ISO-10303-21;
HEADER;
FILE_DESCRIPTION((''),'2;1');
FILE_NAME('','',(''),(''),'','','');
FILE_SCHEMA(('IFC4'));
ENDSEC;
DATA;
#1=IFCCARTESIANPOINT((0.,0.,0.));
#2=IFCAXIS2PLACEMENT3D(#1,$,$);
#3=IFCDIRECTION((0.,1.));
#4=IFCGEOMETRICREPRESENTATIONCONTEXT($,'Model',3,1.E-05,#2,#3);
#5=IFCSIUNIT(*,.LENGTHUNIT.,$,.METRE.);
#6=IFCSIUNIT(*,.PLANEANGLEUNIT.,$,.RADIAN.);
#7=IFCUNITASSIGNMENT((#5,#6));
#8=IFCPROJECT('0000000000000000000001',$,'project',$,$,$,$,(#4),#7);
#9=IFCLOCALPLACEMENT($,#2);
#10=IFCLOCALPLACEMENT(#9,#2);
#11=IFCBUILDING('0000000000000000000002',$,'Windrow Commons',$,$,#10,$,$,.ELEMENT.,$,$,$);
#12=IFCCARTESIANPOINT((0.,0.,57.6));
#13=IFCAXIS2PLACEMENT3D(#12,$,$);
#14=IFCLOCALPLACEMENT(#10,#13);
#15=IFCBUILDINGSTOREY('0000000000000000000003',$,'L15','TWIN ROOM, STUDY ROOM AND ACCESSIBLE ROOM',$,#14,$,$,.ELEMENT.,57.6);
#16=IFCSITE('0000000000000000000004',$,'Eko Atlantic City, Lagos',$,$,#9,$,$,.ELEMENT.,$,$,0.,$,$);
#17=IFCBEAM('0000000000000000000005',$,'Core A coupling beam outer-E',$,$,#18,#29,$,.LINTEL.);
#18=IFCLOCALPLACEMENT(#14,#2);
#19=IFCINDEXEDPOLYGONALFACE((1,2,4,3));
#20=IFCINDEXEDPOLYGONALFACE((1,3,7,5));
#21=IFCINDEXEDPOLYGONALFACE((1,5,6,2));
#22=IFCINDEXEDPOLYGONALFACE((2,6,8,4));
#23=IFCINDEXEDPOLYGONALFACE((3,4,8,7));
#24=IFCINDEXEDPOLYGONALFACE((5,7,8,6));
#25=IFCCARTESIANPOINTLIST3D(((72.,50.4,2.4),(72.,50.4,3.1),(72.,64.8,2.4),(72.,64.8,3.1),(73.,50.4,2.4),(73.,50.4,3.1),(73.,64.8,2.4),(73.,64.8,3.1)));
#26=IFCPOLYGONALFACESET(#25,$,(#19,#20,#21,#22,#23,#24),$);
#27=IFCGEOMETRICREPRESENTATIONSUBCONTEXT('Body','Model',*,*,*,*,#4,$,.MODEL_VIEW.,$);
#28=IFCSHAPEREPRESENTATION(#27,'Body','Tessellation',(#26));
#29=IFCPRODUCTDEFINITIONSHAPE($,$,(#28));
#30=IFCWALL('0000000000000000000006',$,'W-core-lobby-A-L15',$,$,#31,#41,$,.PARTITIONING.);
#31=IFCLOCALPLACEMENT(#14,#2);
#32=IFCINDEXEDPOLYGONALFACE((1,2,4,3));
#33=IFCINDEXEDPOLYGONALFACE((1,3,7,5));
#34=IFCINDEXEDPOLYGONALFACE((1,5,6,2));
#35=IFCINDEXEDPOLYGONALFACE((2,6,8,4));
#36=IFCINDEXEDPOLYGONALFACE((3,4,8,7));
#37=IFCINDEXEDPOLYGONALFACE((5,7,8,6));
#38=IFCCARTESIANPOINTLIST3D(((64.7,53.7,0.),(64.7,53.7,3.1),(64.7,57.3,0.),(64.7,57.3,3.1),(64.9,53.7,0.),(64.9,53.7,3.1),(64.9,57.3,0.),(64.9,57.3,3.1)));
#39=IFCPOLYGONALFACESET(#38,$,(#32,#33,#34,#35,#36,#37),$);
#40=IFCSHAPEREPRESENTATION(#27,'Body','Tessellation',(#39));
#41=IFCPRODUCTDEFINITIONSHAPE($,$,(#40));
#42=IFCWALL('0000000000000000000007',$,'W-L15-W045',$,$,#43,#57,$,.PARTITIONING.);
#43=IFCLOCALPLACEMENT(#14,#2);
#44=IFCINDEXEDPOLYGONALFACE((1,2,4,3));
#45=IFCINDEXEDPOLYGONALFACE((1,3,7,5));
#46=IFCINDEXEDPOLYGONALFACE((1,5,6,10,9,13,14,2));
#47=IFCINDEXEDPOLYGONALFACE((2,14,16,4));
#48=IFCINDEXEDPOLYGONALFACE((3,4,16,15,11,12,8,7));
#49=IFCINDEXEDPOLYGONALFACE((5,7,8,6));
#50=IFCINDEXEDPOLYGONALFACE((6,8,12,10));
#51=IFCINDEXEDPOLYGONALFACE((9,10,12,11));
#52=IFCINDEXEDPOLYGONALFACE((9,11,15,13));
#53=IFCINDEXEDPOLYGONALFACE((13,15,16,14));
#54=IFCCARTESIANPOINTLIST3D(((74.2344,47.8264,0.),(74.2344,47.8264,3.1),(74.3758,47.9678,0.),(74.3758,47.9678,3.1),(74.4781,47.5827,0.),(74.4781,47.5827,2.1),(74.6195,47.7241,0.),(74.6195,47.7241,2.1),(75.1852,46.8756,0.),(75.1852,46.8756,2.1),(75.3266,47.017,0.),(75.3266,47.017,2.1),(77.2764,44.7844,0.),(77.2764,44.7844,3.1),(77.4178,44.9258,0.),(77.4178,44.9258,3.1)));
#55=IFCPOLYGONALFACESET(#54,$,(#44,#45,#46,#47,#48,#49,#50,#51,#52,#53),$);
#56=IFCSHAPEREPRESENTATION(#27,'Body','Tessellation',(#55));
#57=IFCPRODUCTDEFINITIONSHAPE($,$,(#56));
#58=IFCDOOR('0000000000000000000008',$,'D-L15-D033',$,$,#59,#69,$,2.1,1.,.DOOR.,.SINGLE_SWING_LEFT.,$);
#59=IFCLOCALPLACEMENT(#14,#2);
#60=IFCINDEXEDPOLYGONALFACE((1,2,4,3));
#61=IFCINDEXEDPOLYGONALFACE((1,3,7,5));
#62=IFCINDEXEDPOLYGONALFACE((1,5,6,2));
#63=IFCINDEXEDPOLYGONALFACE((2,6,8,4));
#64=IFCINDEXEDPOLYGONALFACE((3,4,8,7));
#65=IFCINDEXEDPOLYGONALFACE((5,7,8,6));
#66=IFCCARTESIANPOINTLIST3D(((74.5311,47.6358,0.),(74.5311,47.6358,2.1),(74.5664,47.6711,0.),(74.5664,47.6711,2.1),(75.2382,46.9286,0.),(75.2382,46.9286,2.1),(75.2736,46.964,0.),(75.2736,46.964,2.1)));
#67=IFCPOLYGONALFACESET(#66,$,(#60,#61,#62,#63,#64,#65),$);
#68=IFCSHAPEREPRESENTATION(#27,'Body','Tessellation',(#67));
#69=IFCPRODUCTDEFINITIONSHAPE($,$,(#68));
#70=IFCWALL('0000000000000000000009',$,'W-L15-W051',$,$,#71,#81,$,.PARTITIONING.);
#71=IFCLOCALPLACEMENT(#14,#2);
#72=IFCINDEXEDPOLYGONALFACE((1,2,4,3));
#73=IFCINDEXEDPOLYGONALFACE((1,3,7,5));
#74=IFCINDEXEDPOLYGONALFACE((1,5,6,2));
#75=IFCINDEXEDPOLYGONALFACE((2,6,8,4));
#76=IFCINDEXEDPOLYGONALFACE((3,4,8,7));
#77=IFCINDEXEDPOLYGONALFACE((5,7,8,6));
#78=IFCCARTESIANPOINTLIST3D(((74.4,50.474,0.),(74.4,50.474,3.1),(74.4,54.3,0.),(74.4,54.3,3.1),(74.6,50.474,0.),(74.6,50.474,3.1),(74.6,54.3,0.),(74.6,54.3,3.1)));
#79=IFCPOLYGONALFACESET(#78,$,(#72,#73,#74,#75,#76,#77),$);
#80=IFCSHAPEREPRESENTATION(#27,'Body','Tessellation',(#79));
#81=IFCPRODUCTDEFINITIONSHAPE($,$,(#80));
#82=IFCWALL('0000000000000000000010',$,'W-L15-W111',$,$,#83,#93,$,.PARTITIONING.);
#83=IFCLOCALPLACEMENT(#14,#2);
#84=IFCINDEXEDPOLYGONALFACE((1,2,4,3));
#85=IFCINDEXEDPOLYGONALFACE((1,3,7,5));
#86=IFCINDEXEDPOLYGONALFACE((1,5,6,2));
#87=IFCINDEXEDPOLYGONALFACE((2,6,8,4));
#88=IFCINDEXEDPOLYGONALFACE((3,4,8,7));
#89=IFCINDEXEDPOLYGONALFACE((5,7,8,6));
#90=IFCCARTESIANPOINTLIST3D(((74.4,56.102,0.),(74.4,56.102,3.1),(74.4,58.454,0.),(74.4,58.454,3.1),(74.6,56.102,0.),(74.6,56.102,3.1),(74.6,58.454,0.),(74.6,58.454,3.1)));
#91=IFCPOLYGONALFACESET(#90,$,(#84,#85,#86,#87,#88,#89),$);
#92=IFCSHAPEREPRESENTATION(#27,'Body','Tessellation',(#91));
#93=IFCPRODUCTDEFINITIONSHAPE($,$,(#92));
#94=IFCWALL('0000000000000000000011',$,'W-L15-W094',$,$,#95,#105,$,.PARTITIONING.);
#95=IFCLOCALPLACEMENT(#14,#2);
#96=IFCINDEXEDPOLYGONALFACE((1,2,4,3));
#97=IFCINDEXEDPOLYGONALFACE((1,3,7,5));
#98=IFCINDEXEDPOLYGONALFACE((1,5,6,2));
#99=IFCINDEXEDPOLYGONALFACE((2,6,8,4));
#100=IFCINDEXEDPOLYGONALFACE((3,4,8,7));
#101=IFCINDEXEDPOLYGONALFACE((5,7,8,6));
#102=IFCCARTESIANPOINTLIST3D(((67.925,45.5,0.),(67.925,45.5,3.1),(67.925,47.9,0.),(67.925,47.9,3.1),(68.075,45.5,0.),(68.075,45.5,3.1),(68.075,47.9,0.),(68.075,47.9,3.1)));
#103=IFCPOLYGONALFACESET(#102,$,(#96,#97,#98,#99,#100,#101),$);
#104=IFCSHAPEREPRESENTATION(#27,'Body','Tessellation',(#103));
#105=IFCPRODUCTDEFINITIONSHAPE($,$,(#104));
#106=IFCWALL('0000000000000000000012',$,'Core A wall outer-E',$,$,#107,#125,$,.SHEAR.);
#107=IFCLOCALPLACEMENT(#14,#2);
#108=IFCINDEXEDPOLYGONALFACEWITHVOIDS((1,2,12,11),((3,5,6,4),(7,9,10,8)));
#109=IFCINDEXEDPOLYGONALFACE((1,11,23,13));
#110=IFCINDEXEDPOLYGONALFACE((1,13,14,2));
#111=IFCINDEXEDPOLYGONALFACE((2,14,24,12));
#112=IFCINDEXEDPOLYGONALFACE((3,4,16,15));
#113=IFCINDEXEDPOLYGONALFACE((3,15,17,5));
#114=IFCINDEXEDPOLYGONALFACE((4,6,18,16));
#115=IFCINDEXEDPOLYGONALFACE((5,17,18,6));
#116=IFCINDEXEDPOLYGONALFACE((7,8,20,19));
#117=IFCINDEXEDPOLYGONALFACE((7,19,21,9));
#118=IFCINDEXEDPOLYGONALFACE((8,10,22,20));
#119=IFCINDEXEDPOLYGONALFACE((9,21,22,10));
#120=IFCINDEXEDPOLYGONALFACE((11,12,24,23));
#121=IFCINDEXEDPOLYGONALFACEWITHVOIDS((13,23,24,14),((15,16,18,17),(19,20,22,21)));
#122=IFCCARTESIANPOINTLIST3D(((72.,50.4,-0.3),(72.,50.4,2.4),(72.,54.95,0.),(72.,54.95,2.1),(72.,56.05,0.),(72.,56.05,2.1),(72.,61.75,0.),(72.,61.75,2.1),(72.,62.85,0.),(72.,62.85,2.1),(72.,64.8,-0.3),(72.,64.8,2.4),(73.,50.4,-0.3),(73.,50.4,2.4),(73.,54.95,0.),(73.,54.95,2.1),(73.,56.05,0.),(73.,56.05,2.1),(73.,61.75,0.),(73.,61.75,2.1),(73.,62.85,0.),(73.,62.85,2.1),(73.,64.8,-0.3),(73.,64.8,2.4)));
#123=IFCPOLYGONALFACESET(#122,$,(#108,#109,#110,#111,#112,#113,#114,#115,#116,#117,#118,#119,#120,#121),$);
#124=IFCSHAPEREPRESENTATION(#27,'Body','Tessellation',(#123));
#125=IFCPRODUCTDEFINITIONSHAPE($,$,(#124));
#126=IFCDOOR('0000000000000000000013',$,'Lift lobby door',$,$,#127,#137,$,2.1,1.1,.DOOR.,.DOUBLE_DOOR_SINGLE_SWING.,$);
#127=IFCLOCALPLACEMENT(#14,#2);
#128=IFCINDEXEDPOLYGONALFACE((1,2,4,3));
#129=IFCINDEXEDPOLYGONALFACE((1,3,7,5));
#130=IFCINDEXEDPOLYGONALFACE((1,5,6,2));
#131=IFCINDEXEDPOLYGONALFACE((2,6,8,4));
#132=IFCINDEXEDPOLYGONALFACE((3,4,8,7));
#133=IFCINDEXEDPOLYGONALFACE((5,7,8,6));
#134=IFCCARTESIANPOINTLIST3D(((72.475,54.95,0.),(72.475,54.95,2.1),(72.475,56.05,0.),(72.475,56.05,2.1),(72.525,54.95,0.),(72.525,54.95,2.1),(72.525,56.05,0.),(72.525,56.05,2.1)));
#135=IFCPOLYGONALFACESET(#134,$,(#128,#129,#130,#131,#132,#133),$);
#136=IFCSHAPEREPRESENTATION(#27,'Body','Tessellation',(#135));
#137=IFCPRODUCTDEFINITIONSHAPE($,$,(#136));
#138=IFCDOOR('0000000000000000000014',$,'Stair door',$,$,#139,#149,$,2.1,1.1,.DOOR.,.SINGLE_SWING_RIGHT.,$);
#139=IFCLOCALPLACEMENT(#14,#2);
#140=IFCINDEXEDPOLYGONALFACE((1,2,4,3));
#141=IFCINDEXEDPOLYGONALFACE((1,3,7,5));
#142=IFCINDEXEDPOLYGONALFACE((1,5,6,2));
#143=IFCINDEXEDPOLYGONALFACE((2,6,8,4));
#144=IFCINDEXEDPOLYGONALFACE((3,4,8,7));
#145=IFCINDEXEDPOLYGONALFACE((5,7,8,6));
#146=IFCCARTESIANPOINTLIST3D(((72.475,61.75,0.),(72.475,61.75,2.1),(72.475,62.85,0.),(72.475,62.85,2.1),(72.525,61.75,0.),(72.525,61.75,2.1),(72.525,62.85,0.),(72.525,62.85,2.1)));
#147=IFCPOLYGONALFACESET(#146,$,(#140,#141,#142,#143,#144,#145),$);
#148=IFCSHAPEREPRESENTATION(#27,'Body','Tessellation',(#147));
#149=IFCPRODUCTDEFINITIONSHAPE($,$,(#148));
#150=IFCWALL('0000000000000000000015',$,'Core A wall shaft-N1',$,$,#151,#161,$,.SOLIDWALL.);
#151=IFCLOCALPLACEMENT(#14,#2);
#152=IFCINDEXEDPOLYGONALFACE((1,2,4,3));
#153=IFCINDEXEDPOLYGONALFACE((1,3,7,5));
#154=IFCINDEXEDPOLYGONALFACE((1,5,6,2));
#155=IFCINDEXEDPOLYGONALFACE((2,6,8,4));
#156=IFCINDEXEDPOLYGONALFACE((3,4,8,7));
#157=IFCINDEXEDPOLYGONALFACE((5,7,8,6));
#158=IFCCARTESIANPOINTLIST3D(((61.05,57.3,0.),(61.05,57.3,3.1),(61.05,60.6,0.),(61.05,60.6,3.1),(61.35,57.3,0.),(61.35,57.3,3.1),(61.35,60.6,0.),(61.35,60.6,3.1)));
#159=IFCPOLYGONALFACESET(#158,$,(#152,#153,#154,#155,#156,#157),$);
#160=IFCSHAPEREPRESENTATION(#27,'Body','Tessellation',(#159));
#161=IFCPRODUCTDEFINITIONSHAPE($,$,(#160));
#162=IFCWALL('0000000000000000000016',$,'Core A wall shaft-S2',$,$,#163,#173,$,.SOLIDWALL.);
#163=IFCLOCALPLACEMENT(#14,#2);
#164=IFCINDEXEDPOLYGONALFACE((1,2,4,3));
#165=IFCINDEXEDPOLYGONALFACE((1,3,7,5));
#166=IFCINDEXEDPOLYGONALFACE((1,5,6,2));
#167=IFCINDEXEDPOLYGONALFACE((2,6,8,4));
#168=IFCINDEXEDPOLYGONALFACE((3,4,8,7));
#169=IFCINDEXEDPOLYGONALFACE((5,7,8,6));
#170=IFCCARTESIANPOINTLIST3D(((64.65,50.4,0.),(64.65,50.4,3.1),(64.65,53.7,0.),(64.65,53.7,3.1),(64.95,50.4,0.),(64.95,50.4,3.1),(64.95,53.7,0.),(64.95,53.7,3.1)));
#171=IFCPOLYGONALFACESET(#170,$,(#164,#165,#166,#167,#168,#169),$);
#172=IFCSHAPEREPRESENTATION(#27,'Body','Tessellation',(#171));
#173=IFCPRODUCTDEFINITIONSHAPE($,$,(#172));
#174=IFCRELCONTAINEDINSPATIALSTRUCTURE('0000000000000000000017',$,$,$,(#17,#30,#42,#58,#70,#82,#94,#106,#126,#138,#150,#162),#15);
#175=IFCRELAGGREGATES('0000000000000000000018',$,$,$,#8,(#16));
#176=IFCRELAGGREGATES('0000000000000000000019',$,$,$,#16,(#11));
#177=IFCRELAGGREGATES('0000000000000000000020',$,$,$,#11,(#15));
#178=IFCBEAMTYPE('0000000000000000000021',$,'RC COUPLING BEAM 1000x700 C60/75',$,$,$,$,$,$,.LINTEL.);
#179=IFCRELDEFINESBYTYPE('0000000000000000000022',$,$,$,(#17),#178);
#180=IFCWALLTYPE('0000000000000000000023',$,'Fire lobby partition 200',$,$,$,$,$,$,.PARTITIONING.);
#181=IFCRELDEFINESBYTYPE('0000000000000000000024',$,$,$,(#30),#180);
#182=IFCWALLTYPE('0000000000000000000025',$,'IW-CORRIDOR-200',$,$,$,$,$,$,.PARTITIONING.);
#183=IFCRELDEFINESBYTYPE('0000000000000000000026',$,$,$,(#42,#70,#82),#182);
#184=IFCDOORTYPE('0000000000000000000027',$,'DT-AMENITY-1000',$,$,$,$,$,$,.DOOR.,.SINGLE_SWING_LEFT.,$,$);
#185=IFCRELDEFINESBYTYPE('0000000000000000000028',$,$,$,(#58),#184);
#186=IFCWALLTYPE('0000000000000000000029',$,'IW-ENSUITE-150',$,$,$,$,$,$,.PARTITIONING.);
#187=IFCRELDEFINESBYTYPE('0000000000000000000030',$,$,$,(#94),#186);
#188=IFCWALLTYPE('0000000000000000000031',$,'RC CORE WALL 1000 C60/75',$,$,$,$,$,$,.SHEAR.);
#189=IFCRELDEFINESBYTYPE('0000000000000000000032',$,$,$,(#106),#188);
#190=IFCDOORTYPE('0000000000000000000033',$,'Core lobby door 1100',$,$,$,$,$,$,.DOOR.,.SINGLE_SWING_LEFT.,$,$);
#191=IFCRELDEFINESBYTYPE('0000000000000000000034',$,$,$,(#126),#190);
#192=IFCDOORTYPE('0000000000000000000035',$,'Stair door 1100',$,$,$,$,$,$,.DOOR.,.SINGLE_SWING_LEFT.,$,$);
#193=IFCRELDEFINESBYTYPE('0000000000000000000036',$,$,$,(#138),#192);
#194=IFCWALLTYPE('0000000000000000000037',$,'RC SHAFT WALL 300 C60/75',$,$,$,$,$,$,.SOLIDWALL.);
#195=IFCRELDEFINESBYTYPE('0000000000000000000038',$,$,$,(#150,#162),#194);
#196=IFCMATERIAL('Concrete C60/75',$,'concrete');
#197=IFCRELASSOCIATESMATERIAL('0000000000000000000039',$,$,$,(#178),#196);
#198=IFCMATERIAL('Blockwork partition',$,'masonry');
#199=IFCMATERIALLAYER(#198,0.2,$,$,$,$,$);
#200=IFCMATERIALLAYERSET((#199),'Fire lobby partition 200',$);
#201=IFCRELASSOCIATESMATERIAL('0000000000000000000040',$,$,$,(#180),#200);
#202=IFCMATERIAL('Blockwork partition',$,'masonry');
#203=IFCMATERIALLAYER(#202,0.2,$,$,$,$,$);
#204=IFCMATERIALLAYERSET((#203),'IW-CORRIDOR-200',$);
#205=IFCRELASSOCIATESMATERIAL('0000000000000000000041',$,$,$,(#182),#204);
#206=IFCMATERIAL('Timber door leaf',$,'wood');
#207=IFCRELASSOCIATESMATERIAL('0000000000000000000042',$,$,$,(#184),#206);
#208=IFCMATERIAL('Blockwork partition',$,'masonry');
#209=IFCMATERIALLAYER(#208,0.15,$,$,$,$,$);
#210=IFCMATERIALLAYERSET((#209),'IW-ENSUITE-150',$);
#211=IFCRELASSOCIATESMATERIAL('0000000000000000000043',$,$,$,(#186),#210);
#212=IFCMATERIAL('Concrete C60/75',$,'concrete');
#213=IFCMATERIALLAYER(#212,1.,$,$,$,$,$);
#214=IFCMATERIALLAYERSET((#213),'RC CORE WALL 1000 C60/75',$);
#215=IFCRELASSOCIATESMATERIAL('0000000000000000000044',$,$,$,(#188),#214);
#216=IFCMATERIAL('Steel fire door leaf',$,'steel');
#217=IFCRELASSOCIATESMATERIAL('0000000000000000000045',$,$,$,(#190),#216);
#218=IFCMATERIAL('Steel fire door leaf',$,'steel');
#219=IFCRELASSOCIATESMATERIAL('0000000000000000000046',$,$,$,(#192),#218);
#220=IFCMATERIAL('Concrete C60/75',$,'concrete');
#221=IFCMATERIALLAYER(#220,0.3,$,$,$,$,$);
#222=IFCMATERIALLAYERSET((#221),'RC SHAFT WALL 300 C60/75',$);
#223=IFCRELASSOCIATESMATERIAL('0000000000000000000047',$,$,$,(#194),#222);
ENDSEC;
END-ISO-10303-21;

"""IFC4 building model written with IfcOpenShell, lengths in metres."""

from ifc_helpers import new_model, si_unit, direction, frame, frame_2d, origin, origin_2d, place, context, subcontext, project, spatial, rectangle, extrude, material, layer, layer_set, material_profile, profile_set, type_object, element, fill, save


model = new_model("IFC4")

# Units and contexts
model_context = context("Model", 3, precision=1e-05, world=origin(), true_north=direction((0.0, 1.0)))
body_context = subcontext(model_context, "Body", "Model", "MODEL_VIEW")
ifc_project = project(units=[si_unit("LENGTHUNIT", "METRE"), si_unit("PLANEANGLEUNIT", "RADIAN")], contexts=[model_context])

# Site, building, storey
site_placement = place(None, origin())
site = spatial("IfcSite", under=ifc_project, at=site_placement, Name="Eko Atlantic City, Lagos", CompositionType="ELEMENT", RefElevation=0.0)
building_placement = place(site_placement, origin())
building = spatial("IfcBuilding", under=site, at=building_placement, Name="Windrow Commons", CompositionType="ELEMENT")
storey_placement = place(building_placement, frame((0.0, 0.0, 57.6)))
storey = spatial("IfcBuildingStorey", under=building, at=storey_placement, Name="L15", Description="TWIN ROOM, STUDY ROOM AND ACCESSIBLE ROOM", CompositionType="ELEMENT", Elevation=57.6)

# Beam
ifc_material_1 = material(Name="Concrete C60/75", Category="concrete")
ifc_material_profile = material_profile(ifc_material_1, rectangle(XDim=1.0, YDim=0.7, at=origin_2d()))
ifc_profile_set = profile_set([ifc_material_profile], Name="Concrete C60/75")
beam_type = type_object("IfcBeamType", Name="RC COUPLING BEAM 1000x700 C60/75", PredefinedType="LINTEL", material=ifc_profile_set)
beam_placement = place(storey_placement, frame((72.5, 50.4, 2.75), z_axis=(0.0, 1.0, 0.0), x_axis=(-1.0, 0.0, 0.0)))
element("IfcBeam", 1, at=beam_placement, inside=storey, type_object=beam_type, Name="Core A coupling beam outer-E", PredefinedType="LINTEL", context=body_context, shape_type="SweptSolid", body=[
    extrude(rectangle(XDim=1.0, YDim=0.7, at=origin_2d()), origin(), (0.0, 0.0, 1.0), 14.4),
])

# Wall
ifc_material_2 = material(Name="Blockwork partition", Category="masonry")
ifc_layer_1 = layer(ifc_material_2, 0.2)
ifc_layer_set_1 = layer_set([ifc_layer_1], Name="Fire lobby partition 200")
wall_type_1 = type_object("IfcWallType", Name="Fire lobby partition 200", PredefinedType="PARTITIONING", material=ifc_layer_set_1)
wall_1_placement = place(storey_placement, frame((64.8, 53.7, 0.0), z_axis=(0.0, 0.0, 1.0), x_axis=(0.0, 1.0, 0.0)))
element("IfcWall", 2, at=wall_1_placement, inside=storey, type_object=wall_type_1, Name="W-core-lobby-A-L15", PredefinedType="PARTITIONING", context=body_context, shape_type="SweptSolid", body=[
    extrude(rectangle(XDim=3.6, YDim=0.2, at=frame_2d((1.8, 0.0))), origin(), (0.0, 0.0, 1.0), 3.1),
])

# Wall, opening, door
ifc_material_3 = material(Name="Blockwork partition", Category="masonry")
ifc_layer_2 = layer(ifc_material_3, 0.2)
ifc_layer_set_2 = layer_set([ifc_layer_2], Name="IW-CORRIDOR-200")
wall_type_2 = type_object("IfcWallType", Name="IW-CORRIDOR-200", PredefinedType="PARTITIONING", material=ifc_layer_set_2)
wall_2_placement = place(storey_placement, frame((74.3051, 47.8971, 0.0), z_axis=(0.0, 0.0, 1.0), x_axis=(0.707107, -0.707107, 0.0)))
wall_2 = element("IfcWall", 3, at=wall_2_placement, inside=storey, type_object=wall_type_2, Name="W-L15-W045", PredefinedType="PARTITIONING", context=body_context, shape_type="SweptSolid", body=[
    extrude(rectangle(XDim=4.302, YDim=0.2, at=frame_2d((2.151, 0.0))), origin(), (0.0, 0.0, 1.0), 3.1),
])
opening_1_placement = place(wall_2_placement, frame((0.3446, 0.0, 0.0)))
opening_1 = element("IfcOpeningElement", 4, at=opening_1_placement, cuts=wall_2, PredefinedType="OPENING", context=body_context, shape_type="SweptSolid", body=[
    extrude(rectangle(XDim=1.0, YDim=2.1, at=frame_2d((0.5, 1.05))), frame((0.0, 0.11, 0.0), z_axis=(0.0, -1.0, 0.0), x_axis=(1.0, 0.0, 0.0)), (0.0, 0.0, 1.0), 0.22),
])
ifc_material_4 = material(Name="Timber door leaf", Category="wood")
door_type_1 = type_object("IfcDoorType", Name="DT-AMENITY-1000", OperationType="SINGLE_SWING_LEFT", PredefinedType="DOOR", material=ifc_material_4)
door_1_placement = place(opening_1_placement, origin())
door_1 = element("IfcDoor", 5, at=door_1_placement, inside=storey, type_object=door_type_1, Name="D-L15-D033", OperationType="SINGLE_SWING_LEFT", OverallHeight=2.1, OverallWidth=1.0, PredefinedType="DOOR", context=body_context, shape_type="SweptSolid", body=[
    extrude(rectangle(XDim=1.0, YDim=2.1, at=frame_2d((0.5, 1.05))), frame((0.0, 0.025, 0.0), z_axis=(0.0, -1.0, 0.0), x_axis=(1.0, 0.0, 0.0)), (0.0, 0.0, 1.0), 0.05),
])
fill(opening_1, door_1)

# Walls
wall_3_placement = place(storey_placement, frame((74.5, 50.474, 0.0), z_axis=(0.0, 0.0, 1.0), x_axis=(0.0, 1.0, 0.0)))
element("IfcWall", 6, at=wall_3_placement, inside=storey, type_object=wall_type_2, Name="W-L15-W051", PredefinedType="PARTITIONING", context=body_context, shape_type="SweptSolid", body=[
    extrude(rectangle(XDim=3.826, YDim=0.2, at=frame_2d((1.913, 0.0))), origin(), (0.0, 0.0, 1.0), 3.1),
])
wall_4_placement = place(storey_placement, frame((74.5, 56.102, 0.0), z_axis=(0.0, 0.0, 1.0), x_axis=(0.0, 1.0, 0.0)))
element("IfcWall", 7, at=wall_4_placement, inside=storey, type_object=wall_type_2, Name="W-L15-W111", PredefinedType="PARTITIONING", context=body_context, shape_type="SweptSolid", body=[
    extrude(rectangle(XDim=2.352, YDim=0.2, at=frame_2d((1.176, 0.0))), origin(), (0.0, 0.0, 1.0), 3.1),
])
ifc_material_5 = material(Name="Blockwork partition", Category="masonry")
ifc_layer_3 = layer(ifc_material_5, 0.15)
ifc_layer_set_3 = layer_set([ifc_layer_3], Name="IW-ENSUITE-150")
wall_type_3 = type_object("IfcWallType", Name="IW-ENSUITE-150", PredefinedType="PARTITIONING", material=ifc_layer_set_3)
wall_5_placement = place(storey_placement, frame((68.0, 45.5, 0.0), z_axis=(0.0, 0.0, 1.0), x_axis=(0.0, 1.0, 0.0)))
element("IfcWall", 8, at=wall_5_placement, inside=storey, type_object=wall_type_3, Name="W-L15-W094", PredefinedType="PARTITIONING", context=body_context, shape_type="SweptSolid", body=[
    extrude(rectangle(XDim=2.4, YDim=0.15, at=frame_2d((1.2, 0.0))), origin(), (0.0, 0.0, 1.0), 3.1),
])

# Wall, openings, doors
ifc_material_6 = material(Name="Concrete C60/75", Category="concrete")
ifc_layer_4 = layer(ifc_material_6, 1.0)
ifc_layer_set_4 = layer_set([ifc_layer_4], Name="RC CORE WALL 1000 C60/75")
wall_type_4 = type_object("IfcWallType", Name="RC CORE WALL 1000 C60/75", PredefinedType="SHEAR", material=ifc_layer_set_4)
wall_6_placement = place(storey_placement, frame((72.5, 50.4, -0.3), z_axis=(0.0, 0.0, 1.0), x_axis=(0.0, 1.0, 0.0)))
wall_6 = element("IfcWall", 9, at=wall_6_placement, inside=storey, type_object=wall_type_4, Name="Core A wall outer-E", PredefinedType="SHEAR", context=body_context, shape_type="SweptSolid", body=[
    extrude(rectangle(XDim=14.4, YDim=1.0, at=frame_2d((7.2, 0.0))), origin(), (0.0, 0.0, 1.0), 2.7),
])
opening_2_placement = place(wall_6_placement, frame((4.55, 0.0, 0.3)))
opening_2 = element("IfcOpeningElement", 10, at=opening_2_placement, cuts=wall_6, PredefinedType="OPENING", context=body_context, shape_type="SweptSolid", body=[
    extrude(rectangle(XDim=1.1, YDim=2.1, at=frame_2d((0.55, 1.05))), frame((0.0, 0.51, 0.0), z_axis=(0.0, -1.0, 0.0), x_axis=(1.0, 0.0, 0.0)), (0.0, 0.0, 1.0), 1.02),
])
opening_3_placement = place(wall_6_placement, frame((11.35, 0.0, 0.3)))
opening_3 = element("IfcOpeningElement", 11, at=opening_3_placement, cuts=wall_6, PredefinedType="OPENING", context=body_context, shape_type="SweptSolid", body=[
    extrude(rectangle(XDim=1.1, YDim=2.1, at=frame_2d((0.55, 1.05))), frame((0.0, 0.51, 0.0), z_axis=(0.0, -1.0, 0.0), x_axis=(1.0, 0.0, 0.0)), (0.0, 0.0, 1.0), 1.02),
])
ifc_material_7 = material(Name="Steel fire door leaf", Category="steel")
door_type_2 = type_object("IfcDoorType", Name="Core lobby door 1100", OperationType="SINGLE_SWING_LEFT", PredefinedType="DOOR", material=ifc_material_7)
door_2_placement = place(opening_2_placement, origin())
door_2 = element("IfcDoor", 12, at=door_2_placement, inside=storey, type_object=door_type_2, Name="Lift lobby door", OperationType="DOUBLE_DOOR_SINGLE_SWING", OverallHeight=2.1, OverallWidth=1.1, PredefinedType="DOOR", context=body_context, shape_type="SweptSolid", body=[
    extrude(rectangle(XDim=1.1, YDim=2.1, at=frame_2d((0.55, 1.05))), frame((0.0, 0.025, 0.0), z_axis=(0.0, -1.0, 0.0), x_axis=(1.0, 0.0, 0.0)), (0.0, 0.0, 1.0), 0.05),
])
fill(opening_2, door_2)
ifc_material_8 = material(Name="Steel fire door leaf", Category="steel")
door_type_3 = type_object("IfcDoorType", Name="Stair door 1100", OperationType="SINGLE_SWING_LEFT", PredefinedType="DOOR", material=ifc_material_8)
door_3_placement = place(opening_3_placement, origin())
door_3 = element("IfcDoor", 13, at=door_3_placement, inside=storey, type_object=door_type_3, Name="Stair door", OperationType="SINGLE_SWING_RIGHT", OverallHeight=2.1, OverallWidth=1.1, PredefinedType="DOOR", context=body_context, shape_type="SweptSolid", body=[
    extrude(rectangle(XDim=1.1, YDim=2.1, at=frame_2d((0.55, 1.05))), frame((0.0, 0.025, 0.0), z_axis=(0.0, -1.0, 0.0), x_axis=(1.0, 0.0, 0.0)), (0.0, 0.0, 1.0), 0.05),
])
fill(opening_3, door_3)

# Walls
ifc_material_9 = material(Name="Concrete C60/75", Category="concrete")
ifc_layer_5 = layer(ifc_material_9, 0.3)
ifc_layer_set_5 = layer_set([ifc_layer_5], Name="RC SHAFT WALL 300 C60/75")
wall_type_5 = type_object("IfcWallType", Name="RC SHAFT WALL 300 C60/75", PredefinedType="SOLIDWALL", material=ifc_layer_set_5)
for number, where, z_axis, x_axis, name in (
    (14, (61.2, 57.3, 0.0), (0.0, 0.0, 1.0), (0.0, 1.0, 0.0), "Core A wall shaft-N1"),
    (15, (64.8, 50.4, 0.0), (0.0, 0.0, 1.0), (0.0, 1.0, 0.0), "Core A wall shaft-S2"),
):
    element("IfcWall", number, at=place(storey_placement, frame(where, z_axis=z_axis, x_axis=x_axis)), inside=storey, type_object=wall_type_5, Name=name, PredefinedType="SOLIDWALL", context=body_context, shape_type="SweptSolid", body=[
        extrude(rectangle(XDim=3.3, YDim=0.3, at=frame_2d((1.65, 0.0))), origin(), (0.0, 0.0, 1.0), 3.1),
    ])

save(model, "model.ifc")
